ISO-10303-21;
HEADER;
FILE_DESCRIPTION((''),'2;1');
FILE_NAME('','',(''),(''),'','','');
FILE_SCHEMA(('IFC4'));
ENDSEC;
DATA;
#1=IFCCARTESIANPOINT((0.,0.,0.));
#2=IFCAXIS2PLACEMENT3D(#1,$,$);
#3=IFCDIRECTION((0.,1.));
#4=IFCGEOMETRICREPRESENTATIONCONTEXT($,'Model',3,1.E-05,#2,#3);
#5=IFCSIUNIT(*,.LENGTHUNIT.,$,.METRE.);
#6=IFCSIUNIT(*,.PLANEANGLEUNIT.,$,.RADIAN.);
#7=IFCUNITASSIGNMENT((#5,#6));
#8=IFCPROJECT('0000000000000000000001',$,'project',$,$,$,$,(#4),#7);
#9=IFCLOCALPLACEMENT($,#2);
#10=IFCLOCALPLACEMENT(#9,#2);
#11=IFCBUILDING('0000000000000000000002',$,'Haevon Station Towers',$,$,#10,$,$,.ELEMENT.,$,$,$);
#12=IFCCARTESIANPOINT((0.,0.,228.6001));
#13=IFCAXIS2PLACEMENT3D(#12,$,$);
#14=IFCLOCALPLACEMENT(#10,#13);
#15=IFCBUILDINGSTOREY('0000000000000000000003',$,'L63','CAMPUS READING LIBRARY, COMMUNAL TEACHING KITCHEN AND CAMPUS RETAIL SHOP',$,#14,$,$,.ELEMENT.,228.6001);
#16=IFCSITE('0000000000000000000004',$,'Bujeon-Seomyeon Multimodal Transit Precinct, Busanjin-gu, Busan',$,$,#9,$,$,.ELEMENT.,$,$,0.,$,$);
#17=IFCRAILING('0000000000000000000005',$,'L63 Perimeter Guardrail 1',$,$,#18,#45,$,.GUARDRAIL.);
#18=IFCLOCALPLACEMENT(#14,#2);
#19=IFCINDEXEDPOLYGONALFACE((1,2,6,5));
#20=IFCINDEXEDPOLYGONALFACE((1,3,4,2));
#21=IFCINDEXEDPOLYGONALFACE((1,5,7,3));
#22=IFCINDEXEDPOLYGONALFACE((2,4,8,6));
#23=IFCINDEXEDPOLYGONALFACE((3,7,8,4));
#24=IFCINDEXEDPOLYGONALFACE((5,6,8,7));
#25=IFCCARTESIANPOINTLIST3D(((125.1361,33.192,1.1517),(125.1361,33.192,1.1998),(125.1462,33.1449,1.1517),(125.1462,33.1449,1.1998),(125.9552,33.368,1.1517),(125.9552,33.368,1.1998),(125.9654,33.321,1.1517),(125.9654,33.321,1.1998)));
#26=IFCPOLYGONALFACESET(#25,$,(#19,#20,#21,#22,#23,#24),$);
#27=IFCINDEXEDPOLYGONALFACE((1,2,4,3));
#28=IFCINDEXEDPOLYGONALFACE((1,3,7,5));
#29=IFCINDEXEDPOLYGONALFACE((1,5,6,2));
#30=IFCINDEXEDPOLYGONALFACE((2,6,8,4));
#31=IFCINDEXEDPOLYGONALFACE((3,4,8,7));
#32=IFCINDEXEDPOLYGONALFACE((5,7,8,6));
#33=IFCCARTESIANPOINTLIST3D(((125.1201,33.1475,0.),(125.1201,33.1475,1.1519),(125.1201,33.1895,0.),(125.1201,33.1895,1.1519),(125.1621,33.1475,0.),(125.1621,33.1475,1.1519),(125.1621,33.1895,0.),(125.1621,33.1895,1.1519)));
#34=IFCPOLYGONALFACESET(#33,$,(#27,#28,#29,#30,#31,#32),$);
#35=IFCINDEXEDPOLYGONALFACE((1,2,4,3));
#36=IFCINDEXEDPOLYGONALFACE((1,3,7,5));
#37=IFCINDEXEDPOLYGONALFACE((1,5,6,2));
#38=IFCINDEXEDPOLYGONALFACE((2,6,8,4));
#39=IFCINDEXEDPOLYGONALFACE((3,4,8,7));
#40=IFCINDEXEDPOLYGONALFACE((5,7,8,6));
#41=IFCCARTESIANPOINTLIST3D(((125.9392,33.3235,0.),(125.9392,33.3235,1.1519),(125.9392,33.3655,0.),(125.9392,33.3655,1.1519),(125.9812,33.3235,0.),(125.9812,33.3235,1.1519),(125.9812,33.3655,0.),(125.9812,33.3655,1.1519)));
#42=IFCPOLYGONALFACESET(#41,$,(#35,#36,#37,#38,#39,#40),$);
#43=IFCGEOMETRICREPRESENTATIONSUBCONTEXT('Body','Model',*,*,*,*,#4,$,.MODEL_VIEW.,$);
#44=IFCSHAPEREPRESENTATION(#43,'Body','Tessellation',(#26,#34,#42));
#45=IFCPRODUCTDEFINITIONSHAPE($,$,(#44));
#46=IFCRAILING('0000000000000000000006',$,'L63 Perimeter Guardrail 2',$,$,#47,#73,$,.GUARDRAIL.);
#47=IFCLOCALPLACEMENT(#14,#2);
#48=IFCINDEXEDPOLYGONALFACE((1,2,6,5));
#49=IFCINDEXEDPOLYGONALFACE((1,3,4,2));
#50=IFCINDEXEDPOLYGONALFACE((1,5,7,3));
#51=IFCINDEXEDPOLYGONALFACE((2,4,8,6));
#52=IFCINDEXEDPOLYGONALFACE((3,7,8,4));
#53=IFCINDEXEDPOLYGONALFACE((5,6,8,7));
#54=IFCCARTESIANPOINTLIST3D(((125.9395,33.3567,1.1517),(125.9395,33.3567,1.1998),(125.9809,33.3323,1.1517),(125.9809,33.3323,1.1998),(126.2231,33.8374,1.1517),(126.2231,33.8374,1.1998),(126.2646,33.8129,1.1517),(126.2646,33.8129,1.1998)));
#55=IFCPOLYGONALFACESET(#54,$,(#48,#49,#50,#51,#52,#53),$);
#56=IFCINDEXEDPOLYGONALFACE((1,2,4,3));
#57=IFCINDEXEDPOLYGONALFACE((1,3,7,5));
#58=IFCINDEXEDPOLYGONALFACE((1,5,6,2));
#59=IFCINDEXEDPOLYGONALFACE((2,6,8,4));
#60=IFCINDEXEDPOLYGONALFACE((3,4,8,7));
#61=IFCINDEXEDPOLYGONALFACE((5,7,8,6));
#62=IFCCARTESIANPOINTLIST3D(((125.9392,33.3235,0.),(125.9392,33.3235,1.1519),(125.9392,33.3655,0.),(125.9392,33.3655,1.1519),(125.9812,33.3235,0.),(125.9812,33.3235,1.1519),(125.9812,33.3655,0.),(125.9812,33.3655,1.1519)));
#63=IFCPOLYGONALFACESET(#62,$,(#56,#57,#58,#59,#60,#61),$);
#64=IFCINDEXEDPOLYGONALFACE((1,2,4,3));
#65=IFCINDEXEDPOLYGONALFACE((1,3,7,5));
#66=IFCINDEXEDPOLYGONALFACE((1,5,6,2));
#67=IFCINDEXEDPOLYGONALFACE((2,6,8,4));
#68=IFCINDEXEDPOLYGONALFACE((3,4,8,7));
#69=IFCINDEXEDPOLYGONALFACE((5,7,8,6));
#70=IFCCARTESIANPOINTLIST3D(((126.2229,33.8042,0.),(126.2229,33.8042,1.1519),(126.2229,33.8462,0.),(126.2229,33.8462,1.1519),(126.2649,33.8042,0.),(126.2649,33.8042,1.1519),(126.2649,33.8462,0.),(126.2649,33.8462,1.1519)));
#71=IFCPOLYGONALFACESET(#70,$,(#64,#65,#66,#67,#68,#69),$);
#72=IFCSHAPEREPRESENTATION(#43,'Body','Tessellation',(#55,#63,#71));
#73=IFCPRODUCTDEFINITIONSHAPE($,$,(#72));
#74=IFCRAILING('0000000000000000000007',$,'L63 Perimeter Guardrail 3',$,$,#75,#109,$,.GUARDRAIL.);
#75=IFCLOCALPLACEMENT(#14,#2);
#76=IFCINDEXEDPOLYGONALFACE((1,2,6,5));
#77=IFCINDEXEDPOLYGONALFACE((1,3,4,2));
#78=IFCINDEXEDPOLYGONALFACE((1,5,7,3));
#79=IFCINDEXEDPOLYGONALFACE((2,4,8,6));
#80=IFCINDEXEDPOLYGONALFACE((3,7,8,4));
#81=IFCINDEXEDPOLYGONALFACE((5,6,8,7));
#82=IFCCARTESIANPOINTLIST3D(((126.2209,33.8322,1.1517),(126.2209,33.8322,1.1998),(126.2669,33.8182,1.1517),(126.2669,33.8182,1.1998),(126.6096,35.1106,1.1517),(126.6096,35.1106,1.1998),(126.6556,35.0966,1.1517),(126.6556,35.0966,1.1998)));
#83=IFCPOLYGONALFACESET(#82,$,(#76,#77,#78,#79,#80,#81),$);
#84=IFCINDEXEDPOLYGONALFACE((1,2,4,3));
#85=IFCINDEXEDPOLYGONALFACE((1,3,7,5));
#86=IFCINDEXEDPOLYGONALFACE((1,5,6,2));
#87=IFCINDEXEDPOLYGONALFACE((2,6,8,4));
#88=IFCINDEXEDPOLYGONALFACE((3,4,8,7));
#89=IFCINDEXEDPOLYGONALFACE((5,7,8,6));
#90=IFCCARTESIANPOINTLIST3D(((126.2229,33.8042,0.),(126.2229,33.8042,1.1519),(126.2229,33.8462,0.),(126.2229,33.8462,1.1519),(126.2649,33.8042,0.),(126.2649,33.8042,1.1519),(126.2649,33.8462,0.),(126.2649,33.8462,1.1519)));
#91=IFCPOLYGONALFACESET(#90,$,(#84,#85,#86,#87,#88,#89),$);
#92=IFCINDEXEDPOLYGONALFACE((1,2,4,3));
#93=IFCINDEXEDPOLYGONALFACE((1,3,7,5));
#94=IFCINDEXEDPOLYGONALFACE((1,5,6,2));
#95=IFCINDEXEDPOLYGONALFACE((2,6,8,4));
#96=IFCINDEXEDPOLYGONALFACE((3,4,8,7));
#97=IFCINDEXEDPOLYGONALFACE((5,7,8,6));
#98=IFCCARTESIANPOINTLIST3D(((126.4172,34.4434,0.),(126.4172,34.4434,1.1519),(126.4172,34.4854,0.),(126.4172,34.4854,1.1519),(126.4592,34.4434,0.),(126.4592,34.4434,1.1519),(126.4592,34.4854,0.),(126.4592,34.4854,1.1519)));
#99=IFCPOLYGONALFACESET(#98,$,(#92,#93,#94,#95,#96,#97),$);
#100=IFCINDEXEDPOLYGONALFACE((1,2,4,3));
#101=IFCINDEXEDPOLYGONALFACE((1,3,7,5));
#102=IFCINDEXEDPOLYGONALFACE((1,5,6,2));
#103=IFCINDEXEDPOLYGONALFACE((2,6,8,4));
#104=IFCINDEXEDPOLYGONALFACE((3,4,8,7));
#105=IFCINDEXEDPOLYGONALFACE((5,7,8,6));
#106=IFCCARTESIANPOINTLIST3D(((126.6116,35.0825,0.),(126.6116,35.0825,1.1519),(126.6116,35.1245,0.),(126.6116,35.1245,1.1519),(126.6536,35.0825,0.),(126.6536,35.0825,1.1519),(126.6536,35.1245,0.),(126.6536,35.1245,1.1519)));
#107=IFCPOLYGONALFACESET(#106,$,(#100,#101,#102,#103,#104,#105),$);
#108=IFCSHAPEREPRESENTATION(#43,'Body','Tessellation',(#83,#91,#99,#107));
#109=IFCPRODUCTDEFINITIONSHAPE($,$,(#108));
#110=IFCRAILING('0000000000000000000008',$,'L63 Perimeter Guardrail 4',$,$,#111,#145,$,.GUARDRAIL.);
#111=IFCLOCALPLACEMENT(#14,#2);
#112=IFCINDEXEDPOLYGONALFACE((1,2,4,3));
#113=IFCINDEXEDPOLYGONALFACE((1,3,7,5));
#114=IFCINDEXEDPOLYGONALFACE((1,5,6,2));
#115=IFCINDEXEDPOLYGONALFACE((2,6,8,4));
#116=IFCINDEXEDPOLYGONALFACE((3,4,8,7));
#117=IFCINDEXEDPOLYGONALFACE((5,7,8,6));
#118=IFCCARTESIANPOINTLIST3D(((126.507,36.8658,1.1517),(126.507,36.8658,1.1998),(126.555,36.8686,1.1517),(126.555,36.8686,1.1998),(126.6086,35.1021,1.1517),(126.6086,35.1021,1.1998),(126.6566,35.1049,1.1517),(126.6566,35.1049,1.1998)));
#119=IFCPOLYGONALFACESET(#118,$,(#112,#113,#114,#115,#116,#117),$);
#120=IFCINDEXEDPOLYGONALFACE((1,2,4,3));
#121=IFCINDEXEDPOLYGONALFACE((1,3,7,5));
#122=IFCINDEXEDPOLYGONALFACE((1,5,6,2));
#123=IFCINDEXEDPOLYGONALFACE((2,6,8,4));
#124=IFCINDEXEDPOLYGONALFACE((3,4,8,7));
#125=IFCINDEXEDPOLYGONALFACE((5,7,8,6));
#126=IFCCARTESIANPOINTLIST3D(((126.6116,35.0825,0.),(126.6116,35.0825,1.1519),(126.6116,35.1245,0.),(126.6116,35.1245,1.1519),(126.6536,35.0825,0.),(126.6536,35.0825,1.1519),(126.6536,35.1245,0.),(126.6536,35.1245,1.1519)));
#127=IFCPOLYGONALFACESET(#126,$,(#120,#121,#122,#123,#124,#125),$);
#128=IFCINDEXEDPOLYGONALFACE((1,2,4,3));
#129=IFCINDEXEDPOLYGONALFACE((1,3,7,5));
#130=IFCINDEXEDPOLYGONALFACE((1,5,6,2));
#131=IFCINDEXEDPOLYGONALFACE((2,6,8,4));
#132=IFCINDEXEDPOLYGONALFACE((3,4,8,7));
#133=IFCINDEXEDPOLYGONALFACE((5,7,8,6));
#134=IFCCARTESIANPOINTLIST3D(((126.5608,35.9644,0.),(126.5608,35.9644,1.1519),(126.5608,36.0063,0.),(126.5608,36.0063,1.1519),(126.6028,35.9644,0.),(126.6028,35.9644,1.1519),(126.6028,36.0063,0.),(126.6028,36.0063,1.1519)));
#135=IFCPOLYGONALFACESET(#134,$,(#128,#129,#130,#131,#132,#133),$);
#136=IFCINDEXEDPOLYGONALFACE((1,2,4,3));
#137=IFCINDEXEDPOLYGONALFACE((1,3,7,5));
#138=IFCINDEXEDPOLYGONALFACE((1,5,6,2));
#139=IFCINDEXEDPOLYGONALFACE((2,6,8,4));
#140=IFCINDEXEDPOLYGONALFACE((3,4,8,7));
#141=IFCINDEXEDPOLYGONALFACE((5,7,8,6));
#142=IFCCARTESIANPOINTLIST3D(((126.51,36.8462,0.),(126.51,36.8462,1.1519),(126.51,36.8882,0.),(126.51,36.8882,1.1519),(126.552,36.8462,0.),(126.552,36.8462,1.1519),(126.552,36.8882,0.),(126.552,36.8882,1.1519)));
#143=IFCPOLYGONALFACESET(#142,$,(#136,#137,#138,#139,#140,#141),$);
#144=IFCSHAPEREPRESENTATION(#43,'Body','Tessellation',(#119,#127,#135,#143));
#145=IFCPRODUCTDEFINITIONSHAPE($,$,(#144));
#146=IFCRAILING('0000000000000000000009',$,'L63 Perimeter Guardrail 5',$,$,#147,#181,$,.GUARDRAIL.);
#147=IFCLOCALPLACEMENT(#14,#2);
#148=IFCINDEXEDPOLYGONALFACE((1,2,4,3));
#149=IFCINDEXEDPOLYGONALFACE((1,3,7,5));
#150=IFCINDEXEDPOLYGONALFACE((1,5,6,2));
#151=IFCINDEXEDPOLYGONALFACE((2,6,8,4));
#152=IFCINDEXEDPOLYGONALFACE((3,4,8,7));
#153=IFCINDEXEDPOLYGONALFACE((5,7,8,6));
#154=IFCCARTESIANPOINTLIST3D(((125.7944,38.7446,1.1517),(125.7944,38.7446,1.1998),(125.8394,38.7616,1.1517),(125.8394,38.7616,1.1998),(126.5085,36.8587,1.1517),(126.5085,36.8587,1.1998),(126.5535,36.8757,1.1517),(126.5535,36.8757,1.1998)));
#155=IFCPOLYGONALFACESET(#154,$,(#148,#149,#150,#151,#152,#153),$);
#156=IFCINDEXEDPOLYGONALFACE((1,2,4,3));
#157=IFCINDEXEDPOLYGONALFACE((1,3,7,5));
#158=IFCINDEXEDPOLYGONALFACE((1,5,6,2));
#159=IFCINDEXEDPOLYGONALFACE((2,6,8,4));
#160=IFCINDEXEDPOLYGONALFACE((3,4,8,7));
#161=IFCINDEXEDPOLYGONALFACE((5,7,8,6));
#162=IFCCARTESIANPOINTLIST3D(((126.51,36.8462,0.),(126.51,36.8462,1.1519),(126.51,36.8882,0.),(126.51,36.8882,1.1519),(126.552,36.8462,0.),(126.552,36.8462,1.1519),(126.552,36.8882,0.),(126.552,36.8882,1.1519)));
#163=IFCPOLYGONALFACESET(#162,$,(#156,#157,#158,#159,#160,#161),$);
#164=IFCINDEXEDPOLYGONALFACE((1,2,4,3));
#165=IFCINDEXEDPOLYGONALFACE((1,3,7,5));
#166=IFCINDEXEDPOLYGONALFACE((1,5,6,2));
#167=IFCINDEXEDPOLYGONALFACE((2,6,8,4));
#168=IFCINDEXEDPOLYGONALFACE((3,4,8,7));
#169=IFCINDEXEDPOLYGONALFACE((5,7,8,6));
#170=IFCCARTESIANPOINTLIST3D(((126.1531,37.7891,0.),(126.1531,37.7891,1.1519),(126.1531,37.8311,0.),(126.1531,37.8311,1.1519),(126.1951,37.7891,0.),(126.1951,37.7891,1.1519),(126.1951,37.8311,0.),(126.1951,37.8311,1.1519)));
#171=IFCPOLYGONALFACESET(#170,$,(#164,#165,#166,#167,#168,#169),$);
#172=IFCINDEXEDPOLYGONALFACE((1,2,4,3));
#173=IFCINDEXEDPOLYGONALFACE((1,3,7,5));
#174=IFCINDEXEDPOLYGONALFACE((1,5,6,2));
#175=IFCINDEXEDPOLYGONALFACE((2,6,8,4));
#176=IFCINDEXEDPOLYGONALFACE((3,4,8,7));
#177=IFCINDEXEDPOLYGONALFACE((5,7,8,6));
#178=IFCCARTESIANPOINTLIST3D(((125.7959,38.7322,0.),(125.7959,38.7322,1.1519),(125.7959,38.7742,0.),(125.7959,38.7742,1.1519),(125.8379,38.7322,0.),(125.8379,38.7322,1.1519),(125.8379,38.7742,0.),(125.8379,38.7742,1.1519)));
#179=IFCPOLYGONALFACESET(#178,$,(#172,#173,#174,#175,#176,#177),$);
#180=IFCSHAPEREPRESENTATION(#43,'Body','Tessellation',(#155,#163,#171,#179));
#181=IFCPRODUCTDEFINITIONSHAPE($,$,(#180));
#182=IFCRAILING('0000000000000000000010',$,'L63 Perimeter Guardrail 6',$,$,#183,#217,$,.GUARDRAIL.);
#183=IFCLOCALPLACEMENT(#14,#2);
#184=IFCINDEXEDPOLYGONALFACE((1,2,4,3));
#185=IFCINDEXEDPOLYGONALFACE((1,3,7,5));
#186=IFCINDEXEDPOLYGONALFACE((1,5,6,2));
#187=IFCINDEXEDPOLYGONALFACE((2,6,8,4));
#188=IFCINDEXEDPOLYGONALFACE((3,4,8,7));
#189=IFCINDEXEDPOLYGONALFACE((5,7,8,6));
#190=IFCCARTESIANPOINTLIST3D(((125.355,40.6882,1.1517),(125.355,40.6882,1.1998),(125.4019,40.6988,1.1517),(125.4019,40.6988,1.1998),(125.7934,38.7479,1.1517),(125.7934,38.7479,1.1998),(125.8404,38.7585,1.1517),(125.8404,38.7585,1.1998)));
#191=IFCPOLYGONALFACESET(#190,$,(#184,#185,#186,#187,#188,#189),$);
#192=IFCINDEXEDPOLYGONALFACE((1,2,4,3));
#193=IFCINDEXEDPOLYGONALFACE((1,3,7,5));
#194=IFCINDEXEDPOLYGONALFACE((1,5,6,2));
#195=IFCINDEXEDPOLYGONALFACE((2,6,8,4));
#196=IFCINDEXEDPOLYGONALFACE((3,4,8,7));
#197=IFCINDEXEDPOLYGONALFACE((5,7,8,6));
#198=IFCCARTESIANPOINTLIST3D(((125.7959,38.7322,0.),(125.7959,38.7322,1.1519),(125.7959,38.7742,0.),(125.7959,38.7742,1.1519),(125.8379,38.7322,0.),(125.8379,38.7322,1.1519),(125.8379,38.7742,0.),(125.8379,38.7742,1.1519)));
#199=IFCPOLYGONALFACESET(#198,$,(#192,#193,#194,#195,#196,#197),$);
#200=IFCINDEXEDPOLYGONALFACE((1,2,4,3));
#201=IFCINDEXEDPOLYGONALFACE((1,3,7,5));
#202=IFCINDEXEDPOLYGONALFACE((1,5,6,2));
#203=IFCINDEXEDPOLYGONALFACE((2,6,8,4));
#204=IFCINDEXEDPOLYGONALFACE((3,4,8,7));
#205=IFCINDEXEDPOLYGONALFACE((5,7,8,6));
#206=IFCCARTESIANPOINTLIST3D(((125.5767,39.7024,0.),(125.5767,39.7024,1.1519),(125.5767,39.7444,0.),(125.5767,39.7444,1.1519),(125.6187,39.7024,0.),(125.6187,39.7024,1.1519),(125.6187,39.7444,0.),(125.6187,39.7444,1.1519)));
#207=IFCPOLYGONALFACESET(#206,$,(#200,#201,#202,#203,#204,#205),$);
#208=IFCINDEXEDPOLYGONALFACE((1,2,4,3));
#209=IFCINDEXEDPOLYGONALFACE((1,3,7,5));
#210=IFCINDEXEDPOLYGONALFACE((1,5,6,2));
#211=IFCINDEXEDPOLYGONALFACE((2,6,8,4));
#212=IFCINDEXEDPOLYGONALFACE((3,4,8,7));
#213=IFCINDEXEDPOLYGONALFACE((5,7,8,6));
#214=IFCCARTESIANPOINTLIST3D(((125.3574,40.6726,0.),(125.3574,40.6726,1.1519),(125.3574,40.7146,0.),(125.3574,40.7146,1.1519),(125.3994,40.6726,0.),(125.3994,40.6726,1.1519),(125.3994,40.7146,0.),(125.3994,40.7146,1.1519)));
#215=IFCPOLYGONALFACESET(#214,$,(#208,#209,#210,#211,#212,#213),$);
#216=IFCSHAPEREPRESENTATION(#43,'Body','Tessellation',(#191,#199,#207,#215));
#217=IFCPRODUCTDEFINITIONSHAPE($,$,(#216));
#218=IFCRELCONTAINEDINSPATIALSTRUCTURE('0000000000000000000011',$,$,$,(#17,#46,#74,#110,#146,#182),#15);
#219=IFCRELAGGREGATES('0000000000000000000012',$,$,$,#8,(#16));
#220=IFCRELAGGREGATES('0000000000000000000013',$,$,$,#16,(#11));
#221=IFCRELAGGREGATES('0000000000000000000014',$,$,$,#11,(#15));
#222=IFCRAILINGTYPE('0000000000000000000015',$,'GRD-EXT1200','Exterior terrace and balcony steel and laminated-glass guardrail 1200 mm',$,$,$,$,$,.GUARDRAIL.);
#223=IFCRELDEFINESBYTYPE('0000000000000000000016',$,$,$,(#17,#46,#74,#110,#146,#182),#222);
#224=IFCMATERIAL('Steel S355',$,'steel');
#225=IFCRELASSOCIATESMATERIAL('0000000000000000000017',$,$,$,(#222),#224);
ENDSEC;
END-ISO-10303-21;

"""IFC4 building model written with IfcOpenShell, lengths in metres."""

from ifc_helpers import new_model, si_unit, direction, frame, origin, origin_2d, place, context, subcontext, project, spatial, rectangle, extrude, material, type_object, element, save


model = new_model("IFC4")

# Units and contexts
model_context = context("Model", 3, precision=1e-05, world=origin(), true_north=direction((0.0, 1.0)))
body_context = subcontext(model_context, "Body", "Model", "MODEL_VIEW")
ifc_project = project(units=[si_unit("LENGTHUNIT", "METRE"), si_unit("PLANEANGLEUNIT", "RADIAN")], contexts=[model_context])

# Site, building, storey
site_placement = place(None, origin())
site = spatial("IfcSite", under=ifc_project, at=site_placement, Name="Bujeon-Seomyeon Multimodal Transit Precinct, Busanjin-gu, Busan", CompositionType="ELEMENT", RefElevation=0.0)
building_placement = place(site_placement, origin())
building = spatial("IfcBuilding", under=site, at=building_placement, Name="Haevon Station Towers", CompositionType="ELEMENT")
storey_placement = place(building_placement, frame((0.0, 0.0, 228.6001)))
storey = spatial("IfcBuildingStorey", under=building, at=storey_placement, Name="L63", Description="CAMPUS READING LIBRARY, COMMUNAL TEACHING KITCHEN AND CAMPUS RETAIL SHOP", CompositionType="ELEMENT", Elevation=228.6001)

# Shared definitions
ifc_material_1 = material(Name="Steel S355", Category="steel")

# Railings
railing_type_1 = type_object("IfcRailingType", Name="GRD-EXT1200", Description="Exterior terrace and balcony steel and laminated-glass guardrail 1200 mm", PredefinedType="GUARDRAIL", material=ifc_material_1)
railing_1_placement = place(storey_placement, frame((125.1411, 33.1685, 0.0)))
element("IfcRailing", 1, at=railing_1_placement, inside=storey, type_object=railing_type_1, Name="L63 Perimeter Guardrail 1", PredefinedType="GUARDRAIL", context=body_context, shape_type="SweptSolid", body=[
    extrude(rectangle(XDim=0.0481, YDim=0.0481, at=origin_2d()), frame((0.0, 0.0, 1.1758), z_axis=(0.977679, 0.210106, 0.0), x_axis=(-0.210106, 0.977679, 0.0)), (0.0, 0.0, 1.0), 0.8379),
    extrude(rectangle(XDim=0.042, YDim=0.042, at=origin_2d()), origin(), (0.0, 0.0, 1.0), 1.1519),
    extrude(rectangle(XDim=0.042, YDim=0.042, at=origin_2d()), frame((0.8191, 0.176, 0.0)), (0.0, 0.0, 1.0), 1.1519),
])
railing_2_placement = place(storey_placement, frame((125.9602, 33.3445, 0.0)))
element("IfcRailing", 2, at=railing_2_placement, inside=storey, type_object=railing_type_1, Name="L63 Perimeter Guardrail 2", PredefinedType="GUARDRAIL", context=body_context, shape_type="SweptSolid", body=[
    extrude(rectangle(XDim=0.0481, YDim=0.0481, at=origin_2d()), frame((0.0, 0.0, 1.1758), z_axis=(0.508243, 0.861214, 0.0), x_axis=(-0.861214, 0.508243, 0.0)), (0.0, 0.0, 1.0), 0.5581),
    extrude(rectangle(XDim=0.042, YDim=0.042, at=origin_2d()), origin(), (0.0, 0.0, 1.0), 1.1519),
    extrude(rectangle(XDim=0.042, YDim=0.042, at=origin_2d()), frame((0.2837, 0.4807, 0.0)), (0.0, 0.0, 1.0), 1.1519),
])
railing_3_placement = place(storey_placement, frame((126.2439, 33.8252, 0.0)))
element("IfcRailing", 3, at=railing_3_placement, inside=storey, type_object=railing_type_1, Name="L63 Perimeter Guardrail 3", PredefinedType="GUARDRAIL", context=body_context, shape_type="SweptSolid", body=[
    extrude(rectangle(XDim=0.0481, YDim=0.0481, at=origin_2d()), frame((0.0, 0.0, 1.1758), z_axis=(0.2909, 0.956754, 0.0), x_axis=(-0.956754, 0.2909, 0.0)), (0.0, 0.0, 1.0), 1.3362),
    extrude(rectangle(XDim=0.042, YDim=0.042, at=origin_2d()), origin(), (0.0, 0.0, 1.0), 1.1519),
    extrude(rectangle(XDim=0.042, YDim=0.042, at=origin_2d()), frame((0.1943, 0.6392, 0.0)), (0.0, 0.0, 1.0), 1.1519),
    extrude(rectangle(XDim=0.042, YDim=0.042, at=origin_2d()), frame((0.3887, 1.2783, 0.0)), (0.0, 0.0, 1.0), 1.1519),
])
railing_4_placement = place(storey_placement, frame((126.6326, 35.1035, 0.0)))
element("IfcRailing", 4, at=railing_4_placement, inside=storey, type_object=railing_type_1, Name="L63 Perimeter Guardrail 4", PredefinedType="GUARDRAIL", context=body_context, shape_type="SweptSolid", body=[
    extrude(rectangle(XDim=0.0481, YDim=0.0481, at=origin_2d()), frame((0.0, 0.0, 1.1758), z_axis=(-0.057491, 0.998346, 0.0), x_axis=(-0.998346, -0.057491, 0.0)), (0.0, 0.0, 1.0), 1.7666),
    extrude(rectangle(XDim=0.042, YDim=0.042, at=origin_2d()), origin(), (0.0, 0.0, 1.0), 1.1519),
    extrude(rectangle(XDim=0.042, YDim=0.042, at=origin_2d()), frame((-0.0508, 0.8818, 0.0)), (0.0, 0.0, 1.0), 1.1519),
    extrude(rectangle(XDim=0.042, YDim=0.042, at=origin_2d()), frame((-0.1016, 1.7637, 0.0)), (0.0, 0.0, 1.0), 1.1519),
])
railing_5_placement = place(storey_placement, frame((126.531, 36.8672, 0.0)))
element("IfcRailing", 5, at=railing_5_placement, inside=storey, type_object=railing_type_1, Name="L63 Perimeter Guardrail 5", PredefinedType="GUARDRAIL", context=body_context, shape_type="SweptSolid", body=[
    extrude(rectangle(XDim=0.0481, YDim=0.0481, at=origin_2d()), frame((0.0, 0.0, 1.1758), z_axis=(-0.354107, 0.935205, 0.0), x_axis=(-0.935205, -0.354107, 0.0)), (0.0, 0.0, 1.0), 2.0166),
    extrude(rectangle(XDim=0.042, YDim=0.042, at=origin_2d()), origin(), (0.0, 0.0, 1.0), 1.1519),
    extrude(rectangle(XDim=0.042, YDim=0.042, at=origin_2d()), frame((-0.3569, 0.9429, 0.0)), (0.0, 0.0, 1.0), 1.1519),
    extrude(rectangle(XDim=0.042, YDim=0.042, at=origin_2d()), frame((-0.7141, 1.886, 0.0)), (0.0, 0.0, 1.0), 1.1519),
])
railing_6_placement = place(storey_placement, frame((125.8169, 38.7532, 0.0)))
element("IfcRailing", 6, at=railing_6_placement, inside=storey, type_object=railing_type_1, Name="L63 Perimeter Guardrail 6", PredefinedType="GUARDRAIL", context=body_context, shape_type="SweptSolid", body=[
    extrude(rectangle(XDim=0.0481, YDim=0.0481, at=origin_2d()), frame((0.0, 0.0, 1.1758), z_axis=(-0.220412, 0.975407, 0.0), x_axis=(-0.975407, -0.220412, 0.0)), (0.0, 0.0, 1.0), 1.9893),
    extrude(rectangle(XDim=0.042, YDim=0.042, at=origin_2d()), origin(), (0.0, 0.0, 1.0), 1.1519),
    extrude(rectangle(XDim=0.042, YDim=0.042, at=origin_2d()), frame((-0.2192, 0.9702, 0.0)), (0.0, 0.0, 1.0), 1.1519),
    extrude(rectangle(XDim=0.042, YDim=0.042, at=origin_2d()), frame((-0.4385, 1.9404, 0.0)), (0.0, 0.0, 1.0), 1.1519),
])

save(model, "model.ifc")
